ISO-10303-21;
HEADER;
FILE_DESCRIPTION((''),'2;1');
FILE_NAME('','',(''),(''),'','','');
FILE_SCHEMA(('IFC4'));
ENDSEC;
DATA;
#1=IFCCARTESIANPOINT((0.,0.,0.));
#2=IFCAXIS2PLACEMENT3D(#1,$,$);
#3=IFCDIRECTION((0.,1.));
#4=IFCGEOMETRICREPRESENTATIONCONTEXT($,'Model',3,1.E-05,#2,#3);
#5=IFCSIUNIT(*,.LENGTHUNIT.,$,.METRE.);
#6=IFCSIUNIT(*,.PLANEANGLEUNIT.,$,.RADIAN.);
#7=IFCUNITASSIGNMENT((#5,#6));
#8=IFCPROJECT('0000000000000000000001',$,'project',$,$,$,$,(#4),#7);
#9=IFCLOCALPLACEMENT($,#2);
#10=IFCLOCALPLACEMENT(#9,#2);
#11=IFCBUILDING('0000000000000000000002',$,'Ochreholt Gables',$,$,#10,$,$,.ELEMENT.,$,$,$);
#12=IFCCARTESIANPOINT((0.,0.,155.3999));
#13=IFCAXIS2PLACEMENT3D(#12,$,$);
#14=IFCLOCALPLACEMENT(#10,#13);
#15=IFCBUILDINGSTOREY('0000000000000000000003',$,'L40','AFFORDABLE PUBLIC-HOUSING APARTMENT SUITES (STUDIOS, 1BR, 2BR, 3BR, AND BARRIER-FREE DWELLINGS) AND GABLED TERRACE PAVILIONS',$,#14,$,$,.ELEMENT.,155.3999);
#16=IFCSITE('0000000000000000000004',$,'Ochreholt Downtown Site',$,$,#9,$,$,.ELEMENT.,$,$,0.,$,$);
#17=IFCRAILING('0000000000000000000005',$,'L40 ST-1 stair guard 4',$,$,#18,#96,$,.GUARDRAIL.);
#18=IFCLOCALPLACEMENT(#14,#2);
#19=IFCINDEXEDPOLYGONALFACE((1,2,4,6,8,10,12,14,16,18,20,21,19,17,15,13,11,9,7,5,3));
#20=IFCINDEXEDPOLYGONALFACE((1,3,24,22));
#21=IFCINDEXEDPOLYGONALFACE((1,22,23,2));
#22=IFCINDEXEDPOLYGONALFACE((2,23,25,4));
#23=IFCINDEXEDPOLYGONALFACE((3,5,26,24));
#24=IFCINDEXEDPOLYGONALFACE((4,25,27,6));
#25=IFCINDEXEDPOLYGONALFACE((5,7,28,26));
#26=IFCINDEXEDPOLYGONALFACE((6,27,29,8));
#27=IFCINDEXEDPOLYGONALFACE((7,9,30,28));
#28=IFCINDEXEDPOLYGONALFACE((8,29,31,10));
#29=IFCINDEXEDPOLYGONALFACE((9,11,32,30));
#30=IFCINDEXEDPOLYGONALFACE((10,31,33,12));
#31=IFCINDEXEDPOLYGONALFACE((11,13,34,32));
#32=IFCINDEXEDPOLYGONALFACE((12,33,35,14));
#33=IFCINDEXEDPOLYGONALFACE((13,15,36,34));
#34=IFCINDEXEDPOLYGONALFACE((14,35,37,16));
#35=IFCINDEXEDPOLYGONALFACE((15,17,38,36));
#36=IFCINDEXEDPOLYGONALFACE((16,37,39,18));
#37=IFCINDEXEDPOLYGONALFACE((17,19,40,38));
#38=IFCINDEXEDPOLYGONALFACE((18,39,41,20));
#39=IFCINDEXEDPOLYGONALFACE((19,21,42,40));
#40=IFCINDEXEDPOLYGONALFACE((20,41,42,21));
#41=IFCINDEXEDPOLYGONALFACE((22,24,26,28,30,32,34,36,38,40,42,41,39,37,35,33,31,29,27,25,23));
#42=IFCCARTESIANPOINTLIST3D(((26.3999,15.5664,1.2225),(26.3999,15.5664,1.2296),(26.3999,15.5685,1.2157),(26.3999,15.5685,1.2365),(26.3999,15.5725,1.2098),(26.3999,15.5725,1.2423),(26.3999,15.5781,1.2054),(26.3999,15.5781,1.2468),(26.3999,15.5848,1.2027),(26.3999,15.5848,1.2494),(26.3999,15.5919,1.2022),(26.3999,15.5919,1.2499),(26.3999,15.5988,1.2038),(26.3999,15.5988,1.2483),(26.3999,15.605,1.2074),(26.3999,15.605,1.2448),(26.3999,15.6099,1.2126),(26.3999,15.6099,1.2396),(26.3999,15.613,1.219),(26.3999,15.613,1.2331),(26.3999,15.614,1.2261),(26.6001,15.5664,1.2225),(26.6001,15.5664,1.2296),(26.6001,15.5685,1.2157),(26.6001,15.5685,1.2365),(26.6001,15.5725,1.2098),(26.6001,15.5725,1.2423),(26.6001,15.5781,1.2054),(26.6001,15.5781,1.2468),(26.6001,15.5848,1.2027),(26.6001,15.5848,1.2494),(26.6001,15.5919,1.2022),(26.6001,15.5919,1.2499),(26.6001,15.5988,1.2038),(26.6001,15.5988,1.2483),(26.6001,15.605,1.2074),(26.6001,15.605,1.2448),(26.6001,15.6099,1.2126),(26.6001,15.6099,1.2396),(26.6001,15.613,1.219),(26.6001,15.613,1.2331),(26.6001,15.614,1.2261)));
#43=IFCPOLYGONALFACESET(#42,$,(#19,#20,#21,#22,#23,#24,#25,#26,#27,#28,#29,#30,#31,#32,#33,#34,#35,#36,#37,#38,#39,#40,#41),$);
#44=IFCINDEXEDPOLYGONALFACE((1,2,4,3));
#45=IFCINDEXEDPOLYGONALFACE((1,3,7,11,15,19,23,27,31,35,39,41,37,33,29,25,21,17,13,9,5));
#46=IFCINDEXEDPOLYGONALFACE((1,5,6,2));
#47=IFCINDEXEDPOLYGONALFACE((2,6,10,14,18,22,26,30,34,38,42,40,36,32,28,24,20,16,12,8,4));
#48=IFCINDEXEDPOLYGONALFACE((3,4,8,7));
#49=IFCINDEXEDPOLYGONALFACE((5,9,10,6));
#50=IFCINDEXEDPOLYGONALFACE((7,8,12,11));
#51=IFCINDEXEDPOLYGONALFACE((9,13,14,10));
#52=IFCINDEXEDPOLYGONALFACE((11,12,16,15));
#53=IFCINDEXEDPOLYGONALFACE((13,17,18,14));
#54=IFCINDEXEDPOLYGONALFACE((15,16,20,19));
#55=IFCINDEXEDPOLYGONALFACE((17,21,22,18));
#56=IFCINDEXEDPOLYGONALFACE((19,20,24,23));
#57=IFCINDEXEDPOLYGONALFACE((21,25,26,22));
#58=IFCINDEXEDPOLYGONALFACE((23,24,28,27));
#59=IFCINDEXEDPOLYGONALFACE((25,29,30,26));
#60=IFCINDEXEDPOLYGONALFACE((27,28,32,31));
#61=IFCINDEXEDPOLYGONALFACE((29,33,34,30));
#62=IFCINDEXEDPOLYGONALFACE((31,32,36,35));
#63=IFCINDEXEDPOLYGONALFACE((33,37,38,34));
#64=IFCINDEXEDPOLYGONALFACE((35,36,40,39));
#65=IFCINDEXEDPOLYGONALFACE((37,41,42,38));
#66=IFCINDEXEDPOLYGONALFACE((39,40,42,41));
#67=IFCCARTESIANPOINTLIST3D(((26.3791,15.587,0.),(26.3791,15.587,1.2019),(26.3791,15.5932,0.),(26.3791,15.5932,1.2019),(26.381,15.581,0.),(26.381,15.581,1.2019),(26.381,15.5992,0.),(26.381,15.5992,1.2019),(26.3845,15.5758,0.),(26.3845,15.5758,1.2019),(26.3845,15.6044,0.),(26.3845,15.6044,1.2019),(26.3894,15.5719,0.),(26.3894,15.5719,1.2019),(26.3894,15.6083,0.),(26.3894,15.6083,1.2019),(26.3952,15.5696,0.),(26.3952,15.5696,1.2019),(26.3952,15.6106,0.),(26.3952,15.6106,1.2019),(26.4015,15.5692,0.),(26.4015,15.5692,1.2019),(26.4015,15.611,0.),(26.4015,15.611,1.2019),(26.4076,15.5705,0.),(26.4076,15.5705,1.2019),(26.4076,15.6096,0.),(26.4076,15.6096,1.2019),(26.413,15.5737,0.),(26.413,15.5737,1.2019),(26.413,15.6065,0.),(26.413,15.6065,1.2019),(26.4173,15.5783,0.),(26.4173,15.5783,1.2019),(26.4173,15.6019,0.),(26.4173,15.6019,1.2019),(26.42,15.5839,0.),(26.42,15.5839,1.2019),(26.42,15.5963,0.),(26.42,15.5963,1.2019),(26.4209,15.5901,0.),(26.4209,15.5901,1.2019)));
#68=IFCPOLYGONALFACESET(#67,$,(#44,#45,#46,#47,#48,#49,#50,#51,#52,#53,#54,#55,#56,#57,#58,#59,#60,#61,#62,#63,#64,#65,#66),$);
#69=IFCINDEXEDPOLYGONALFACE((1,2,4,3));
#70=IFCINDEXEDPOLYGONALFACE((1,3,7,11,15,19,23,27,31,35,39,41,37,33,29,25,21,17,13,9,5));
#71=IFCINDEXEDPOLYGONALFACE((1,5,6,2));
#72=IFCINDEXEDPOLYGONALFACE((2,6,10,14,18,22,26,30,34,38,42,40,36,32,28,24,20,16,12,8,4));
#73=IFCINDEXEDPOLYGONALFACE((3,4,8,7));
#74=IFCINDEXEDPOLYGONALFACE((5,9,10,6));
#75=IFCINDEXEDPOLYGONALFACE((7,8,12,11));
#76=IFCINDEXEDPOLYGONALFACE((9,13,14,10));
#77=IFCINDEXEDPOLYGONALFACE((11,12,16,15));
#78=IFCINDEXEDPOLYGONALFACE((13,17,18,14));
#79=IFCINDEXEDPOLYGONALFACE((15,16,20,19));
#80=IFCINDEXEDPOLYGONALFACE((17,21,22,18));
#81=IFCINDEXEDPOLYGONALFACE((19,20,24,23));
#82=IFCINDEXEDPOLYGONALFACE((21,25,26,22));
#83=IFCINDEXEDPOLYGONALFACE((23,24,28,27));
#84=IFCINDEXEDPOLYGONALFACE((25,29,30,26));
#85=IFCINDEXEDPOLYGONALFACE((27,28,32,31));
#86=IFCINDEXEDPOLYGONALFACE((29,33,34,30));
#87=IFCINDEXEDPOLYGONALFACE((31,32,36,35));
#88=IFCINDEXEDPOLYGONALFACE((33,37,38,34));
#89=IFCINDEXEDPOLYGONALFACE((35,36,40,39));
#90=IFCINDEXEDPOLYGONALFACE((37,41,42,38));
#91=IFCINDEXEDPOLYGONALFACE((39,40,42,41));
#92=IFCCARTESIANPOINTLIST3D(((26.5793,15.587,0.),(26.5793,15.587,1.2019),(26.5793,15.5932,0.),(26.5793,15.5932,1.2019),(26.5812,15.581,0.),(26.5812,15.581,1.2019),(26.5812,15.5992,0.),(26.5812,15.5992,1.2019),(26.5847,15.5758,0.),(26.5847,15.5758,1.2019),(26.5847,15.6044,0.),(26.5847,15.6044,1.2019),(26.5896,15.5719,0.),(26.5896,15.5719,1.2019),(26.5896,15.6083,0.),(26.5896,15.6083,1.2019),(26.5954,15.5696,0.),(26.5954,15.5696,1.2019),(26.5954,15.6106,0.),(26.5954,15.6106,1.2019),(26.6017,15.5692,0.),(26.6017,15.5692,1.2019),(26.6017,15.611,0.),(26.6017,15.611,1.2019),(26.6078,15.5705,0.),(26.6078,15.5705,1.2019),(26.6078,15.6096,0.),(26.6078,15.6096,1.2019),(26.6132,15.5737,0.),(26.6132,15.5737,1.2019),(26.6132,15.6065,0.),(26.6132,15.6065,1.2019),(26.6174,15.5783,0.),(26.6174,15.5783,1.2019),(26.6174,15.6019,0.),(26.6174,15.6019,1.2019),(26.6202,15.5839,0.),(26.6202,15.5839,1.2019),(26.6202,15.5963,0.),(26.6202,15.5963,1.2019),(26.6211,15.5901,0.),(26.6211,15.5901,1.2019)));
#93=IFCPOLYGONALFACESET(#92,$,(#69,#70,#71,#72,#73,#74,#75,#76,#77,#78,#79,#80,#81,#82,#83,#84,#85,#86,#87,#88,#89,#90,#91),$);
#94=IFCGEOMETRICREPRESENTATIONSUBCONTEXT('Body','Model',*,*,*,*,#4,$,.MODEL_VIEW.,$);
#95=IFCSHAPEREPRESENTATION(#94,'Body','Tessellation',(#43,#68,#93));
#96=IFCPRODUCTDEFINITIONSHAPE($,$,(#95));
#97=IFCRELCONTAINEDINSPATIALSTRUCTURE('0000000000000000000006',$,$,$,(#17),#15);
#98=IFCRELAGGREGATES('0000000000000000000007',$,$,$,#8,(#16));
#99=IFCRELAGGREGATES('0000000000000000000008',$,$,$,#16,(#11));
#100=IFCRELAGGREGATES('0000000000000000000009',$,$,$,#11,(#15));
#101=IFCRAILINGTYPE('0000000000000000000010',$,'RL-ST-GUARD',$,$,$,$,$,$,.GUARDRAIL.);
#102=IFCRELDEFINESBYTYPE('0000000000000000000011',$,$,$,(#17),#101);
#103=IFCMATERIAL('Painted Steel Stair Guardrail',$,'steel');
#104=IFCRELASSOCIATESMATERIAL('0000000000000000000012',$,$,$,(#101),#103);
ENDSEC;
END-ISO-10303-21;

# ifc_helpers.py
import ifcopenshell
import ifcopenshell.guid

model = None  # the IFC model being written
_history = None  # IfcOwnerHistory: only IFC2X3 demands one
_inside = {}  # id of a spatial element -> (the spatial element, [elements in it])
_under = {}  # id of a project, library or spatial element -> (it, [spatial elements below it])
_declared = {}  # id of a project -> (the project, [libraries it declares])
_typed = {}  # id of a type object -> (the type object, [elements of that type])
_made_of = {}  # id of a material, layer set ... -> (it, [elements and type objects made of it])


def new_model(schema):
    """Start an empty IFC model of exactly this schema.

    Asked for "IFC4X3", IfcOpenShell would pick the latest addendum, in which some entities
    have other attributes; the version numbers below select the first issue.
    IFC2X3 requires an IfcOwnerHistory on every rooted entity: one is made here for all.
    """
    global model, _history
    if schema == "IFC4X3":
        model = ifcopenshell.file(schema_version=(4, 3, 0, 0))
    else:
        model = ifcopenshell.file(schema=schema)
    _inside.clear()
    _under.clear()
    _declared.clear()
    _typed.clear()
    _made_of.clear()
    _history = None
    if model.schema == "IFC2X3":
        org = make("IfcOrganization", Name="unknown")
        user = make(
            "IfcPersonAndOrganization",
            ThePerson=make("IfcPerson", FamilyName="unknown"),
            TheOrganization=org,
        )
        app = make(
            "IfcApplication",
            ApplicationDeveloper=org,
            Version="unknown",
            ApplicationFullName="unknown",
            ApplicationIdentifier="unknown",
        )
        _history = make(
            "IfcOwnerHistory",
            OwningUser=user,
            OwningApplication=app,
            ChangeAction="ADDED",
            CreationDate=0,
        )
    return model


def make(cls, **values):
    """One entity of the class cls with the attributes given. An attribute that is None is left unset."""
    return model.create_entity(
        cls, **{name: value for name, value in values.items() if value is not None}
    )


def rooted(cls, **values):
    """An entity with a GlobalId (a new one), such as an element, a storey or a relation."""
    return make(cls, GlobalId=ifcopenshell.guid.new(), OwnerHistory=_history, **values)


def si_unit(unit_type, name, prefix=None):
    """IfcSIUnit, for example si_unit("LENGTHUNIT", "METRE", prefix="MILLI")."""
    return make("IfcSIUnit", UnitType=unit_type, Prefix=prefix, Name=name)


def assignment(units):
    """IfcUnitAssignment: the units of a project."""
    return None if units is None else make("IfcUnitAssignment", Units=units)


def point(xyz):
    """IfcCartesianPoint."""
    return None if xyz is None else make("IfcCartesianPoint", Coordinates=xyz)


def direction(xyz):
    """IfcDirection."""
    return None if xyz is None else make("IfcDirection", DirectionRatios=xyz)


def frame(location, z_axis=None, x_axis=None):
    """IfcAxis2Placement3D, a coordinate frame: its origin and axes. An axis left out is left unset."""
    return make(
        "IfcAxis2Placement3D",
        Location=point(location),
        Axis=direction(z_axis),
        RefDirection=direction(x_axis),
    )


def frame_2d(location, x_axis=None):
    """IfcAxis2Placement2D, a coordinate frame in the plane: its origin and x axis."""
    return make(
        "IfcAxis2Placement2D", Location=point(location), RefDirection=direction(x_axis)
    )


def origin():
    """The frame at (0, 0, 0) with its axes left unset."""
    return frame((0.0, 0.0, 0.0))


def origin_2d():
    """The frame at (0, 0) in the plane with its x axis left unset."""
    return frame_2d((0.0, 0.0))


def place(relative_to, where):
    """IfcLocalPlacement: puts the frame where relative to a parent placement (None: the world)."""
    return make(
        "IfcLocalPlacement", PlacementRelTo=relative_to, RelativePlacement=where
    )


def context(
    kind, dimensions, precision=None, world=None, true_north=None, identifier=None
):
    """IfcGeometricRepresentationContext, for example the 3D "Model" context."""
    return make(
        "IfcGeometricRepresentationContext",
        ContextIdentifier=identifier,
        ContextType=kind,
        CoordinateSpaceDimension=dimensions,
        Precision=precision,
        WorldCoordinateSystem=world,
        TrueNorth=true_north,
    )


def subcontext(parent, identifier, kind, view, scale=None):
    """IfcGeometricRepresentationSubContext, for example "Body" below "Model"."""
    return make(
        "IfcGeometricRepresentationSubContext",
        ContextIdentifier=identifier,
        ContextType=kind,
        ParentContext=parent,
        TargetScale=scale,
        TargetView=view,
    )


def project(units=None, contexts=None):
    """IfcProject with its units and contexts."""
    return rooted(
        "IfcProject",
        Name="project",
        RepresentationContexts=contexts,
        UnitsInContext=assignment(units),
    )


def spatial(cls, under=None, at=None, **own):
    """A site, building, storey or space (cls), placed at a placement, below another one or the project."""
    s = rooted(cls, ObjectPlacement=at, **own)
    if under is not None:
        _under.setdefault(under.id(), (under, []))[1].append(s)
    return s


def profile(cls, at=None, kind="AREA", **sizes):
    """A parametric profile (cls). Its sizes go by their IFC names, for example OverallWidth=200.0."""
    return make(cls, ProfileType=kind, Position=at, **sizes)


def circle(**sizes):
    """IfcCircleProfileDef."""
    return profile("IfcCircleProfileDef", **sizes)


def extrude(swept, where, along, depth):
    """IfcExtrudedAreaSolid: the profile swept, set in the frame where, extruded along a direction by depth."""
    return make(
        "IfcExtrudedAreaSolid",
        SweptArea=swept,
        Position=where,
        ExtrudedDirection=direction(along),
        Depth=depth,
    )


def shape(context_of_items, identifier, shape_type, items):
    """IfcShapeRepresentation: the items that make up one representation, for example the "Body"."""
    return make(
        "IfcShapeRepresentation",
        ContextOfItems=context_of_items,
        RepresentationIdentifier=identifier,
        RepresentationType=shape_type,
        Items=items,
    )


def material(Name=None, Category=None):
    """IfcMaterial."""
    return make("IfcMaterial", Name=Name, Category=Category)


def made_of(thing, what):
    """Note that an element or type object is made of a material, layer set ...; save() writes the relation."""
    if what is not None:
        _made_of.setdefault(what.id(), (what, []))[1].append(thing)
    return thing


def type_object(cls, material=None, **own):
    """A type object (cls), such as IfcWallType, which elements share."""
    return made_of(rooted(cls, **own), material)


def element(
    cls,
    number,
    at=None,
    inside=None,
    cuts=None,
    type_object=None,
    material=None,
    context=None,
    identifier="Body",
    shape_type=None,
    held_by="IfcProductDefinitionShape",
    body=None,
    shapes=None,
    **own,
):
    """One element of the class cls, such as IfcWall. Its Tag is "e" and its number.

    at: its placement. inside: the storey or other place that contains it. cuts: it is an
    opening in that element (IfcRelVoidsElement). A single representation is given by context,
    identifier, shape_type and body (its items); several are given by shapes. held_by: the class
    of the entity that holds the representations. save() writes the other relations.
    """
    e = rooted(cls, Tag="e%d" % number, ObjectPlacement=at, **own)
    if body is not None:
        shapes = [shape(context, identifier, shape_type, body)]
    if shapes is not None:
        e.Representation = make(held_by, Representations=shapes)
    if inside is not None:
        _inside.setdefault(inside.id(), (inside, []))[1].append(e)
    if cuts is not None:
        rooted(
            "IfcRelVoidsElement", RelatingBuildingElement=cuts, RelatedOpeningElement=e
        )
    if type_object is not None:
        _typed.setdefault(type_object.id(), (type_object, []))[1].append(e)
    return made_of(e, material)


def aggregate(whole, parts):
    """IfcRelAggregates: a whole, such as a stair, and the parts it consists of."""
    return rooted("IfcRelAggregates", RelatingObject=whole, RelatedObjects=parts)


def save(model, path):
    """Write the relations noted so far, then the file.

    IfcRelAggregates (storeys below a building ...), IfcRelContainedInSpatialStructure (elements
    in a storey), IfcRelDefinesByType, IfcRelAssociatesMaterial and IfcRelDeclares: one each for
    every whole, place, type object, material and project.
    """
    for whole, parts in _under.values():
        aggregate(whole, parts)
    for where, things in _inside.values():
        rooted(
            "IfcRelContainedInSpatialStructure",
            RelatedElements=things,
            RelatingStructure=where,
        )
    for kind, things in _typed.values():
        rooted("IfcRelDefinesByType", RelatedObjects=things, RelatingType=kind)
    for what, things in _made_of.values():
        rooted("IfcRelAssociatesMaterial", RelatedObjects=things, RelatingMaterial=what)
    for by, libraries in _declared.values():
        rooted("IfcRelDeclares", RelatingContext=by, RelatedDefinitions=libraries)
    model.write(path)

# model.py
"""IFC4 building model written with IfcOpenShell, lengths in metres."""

from ifc_helpers import new_model, si_unit, direction, frame, origin, origin_2d, place, context, subcontext, project, spatial, circle, extrude, material, type_object, element, save


model = new_model("IFC4")

# Units and contexts
model_context = context("Model", 3, precision=1e-05, world=origin(), true_north=direction((0.0, 1.0)))
body_context = subcontext(model_context, "Body", "Model", "MODEL_VIEW")
ifc_project = project(units=[si_unit("LENGTHUNIT", "METRE"), si_unit("PLANEANGLEUNIT", "RADIAN")], contexts=[model_context])

# Site, building, storey
site_placement = place(None, origin())
site = spatial("IfcSite", under=ifc_project, at=site_placement, Name="Ochreholt Downtown Site", CompositionType="ELEMENT", RefElevation=0.0)
building_placement = place(site_placement, origin())
building = spatial("IfcBuilding", under=site, at=building_placement, Name="Ochreholt Gables", CompositionType="ELEMENT")
storey_placement = place(building_placement, frame((0.0, 0.0, 155.3999)))
storey = spatial("IfcBuildingStorey", under=building, at=storey_placement, Name="L40", Description="AFFORDABLE PUBLIC-HOUSING APARTMENT SUITES (STUDIOS, 1BR, 2BR, 3BR, AND BARRIER-FREE DWELLINGS) AND GABLED TERRACE PAVILIONS", CompositionType="ELEMENT", Elevation=155.3999)

# Railing
ifc_material_1 = material(Name="Painted Steel Stair Guardrail", Category="steel")
railing_type_1 = type_object("IfcRailingType", Name="RL-ST-GUARD", PredefinedType="GUARDRAIL", material=ifc_material_1)
railing_1_placement = place(storey_placement, frame((26.3999, 15.5901, 0.0)))
element("IfcRailing", 1, at=railing_1_placement, inside=storey, type_object=railing_type_1, Name="L40 ST-1 stair guard 4", PredefinedType="GUARDRAIL", context=body_context, shape_type="SweptSolid", body=[
    extrude(circle(Radius=0.0239, at=origin_2d()), frame((0.0, 0.0, 1.2261), z_axis=(1.0, 0.0, 0.0), x_axis=(0.0, 1.0, 0.0)), (0.0, 0.0, 1.0), 0.2002),
    extrude(circle(Radius=0.021, at=origin_2d()), origin(), (0.0, 0.0, 1.0), 1.2019),
    extrude(circle(Radius=0.021, at=origin_2d()), frame((0.2002, 0.0, 0.0)), (0.0, 0.0, 1.0), 1.2019),
])

save(model, "model.ifc")
